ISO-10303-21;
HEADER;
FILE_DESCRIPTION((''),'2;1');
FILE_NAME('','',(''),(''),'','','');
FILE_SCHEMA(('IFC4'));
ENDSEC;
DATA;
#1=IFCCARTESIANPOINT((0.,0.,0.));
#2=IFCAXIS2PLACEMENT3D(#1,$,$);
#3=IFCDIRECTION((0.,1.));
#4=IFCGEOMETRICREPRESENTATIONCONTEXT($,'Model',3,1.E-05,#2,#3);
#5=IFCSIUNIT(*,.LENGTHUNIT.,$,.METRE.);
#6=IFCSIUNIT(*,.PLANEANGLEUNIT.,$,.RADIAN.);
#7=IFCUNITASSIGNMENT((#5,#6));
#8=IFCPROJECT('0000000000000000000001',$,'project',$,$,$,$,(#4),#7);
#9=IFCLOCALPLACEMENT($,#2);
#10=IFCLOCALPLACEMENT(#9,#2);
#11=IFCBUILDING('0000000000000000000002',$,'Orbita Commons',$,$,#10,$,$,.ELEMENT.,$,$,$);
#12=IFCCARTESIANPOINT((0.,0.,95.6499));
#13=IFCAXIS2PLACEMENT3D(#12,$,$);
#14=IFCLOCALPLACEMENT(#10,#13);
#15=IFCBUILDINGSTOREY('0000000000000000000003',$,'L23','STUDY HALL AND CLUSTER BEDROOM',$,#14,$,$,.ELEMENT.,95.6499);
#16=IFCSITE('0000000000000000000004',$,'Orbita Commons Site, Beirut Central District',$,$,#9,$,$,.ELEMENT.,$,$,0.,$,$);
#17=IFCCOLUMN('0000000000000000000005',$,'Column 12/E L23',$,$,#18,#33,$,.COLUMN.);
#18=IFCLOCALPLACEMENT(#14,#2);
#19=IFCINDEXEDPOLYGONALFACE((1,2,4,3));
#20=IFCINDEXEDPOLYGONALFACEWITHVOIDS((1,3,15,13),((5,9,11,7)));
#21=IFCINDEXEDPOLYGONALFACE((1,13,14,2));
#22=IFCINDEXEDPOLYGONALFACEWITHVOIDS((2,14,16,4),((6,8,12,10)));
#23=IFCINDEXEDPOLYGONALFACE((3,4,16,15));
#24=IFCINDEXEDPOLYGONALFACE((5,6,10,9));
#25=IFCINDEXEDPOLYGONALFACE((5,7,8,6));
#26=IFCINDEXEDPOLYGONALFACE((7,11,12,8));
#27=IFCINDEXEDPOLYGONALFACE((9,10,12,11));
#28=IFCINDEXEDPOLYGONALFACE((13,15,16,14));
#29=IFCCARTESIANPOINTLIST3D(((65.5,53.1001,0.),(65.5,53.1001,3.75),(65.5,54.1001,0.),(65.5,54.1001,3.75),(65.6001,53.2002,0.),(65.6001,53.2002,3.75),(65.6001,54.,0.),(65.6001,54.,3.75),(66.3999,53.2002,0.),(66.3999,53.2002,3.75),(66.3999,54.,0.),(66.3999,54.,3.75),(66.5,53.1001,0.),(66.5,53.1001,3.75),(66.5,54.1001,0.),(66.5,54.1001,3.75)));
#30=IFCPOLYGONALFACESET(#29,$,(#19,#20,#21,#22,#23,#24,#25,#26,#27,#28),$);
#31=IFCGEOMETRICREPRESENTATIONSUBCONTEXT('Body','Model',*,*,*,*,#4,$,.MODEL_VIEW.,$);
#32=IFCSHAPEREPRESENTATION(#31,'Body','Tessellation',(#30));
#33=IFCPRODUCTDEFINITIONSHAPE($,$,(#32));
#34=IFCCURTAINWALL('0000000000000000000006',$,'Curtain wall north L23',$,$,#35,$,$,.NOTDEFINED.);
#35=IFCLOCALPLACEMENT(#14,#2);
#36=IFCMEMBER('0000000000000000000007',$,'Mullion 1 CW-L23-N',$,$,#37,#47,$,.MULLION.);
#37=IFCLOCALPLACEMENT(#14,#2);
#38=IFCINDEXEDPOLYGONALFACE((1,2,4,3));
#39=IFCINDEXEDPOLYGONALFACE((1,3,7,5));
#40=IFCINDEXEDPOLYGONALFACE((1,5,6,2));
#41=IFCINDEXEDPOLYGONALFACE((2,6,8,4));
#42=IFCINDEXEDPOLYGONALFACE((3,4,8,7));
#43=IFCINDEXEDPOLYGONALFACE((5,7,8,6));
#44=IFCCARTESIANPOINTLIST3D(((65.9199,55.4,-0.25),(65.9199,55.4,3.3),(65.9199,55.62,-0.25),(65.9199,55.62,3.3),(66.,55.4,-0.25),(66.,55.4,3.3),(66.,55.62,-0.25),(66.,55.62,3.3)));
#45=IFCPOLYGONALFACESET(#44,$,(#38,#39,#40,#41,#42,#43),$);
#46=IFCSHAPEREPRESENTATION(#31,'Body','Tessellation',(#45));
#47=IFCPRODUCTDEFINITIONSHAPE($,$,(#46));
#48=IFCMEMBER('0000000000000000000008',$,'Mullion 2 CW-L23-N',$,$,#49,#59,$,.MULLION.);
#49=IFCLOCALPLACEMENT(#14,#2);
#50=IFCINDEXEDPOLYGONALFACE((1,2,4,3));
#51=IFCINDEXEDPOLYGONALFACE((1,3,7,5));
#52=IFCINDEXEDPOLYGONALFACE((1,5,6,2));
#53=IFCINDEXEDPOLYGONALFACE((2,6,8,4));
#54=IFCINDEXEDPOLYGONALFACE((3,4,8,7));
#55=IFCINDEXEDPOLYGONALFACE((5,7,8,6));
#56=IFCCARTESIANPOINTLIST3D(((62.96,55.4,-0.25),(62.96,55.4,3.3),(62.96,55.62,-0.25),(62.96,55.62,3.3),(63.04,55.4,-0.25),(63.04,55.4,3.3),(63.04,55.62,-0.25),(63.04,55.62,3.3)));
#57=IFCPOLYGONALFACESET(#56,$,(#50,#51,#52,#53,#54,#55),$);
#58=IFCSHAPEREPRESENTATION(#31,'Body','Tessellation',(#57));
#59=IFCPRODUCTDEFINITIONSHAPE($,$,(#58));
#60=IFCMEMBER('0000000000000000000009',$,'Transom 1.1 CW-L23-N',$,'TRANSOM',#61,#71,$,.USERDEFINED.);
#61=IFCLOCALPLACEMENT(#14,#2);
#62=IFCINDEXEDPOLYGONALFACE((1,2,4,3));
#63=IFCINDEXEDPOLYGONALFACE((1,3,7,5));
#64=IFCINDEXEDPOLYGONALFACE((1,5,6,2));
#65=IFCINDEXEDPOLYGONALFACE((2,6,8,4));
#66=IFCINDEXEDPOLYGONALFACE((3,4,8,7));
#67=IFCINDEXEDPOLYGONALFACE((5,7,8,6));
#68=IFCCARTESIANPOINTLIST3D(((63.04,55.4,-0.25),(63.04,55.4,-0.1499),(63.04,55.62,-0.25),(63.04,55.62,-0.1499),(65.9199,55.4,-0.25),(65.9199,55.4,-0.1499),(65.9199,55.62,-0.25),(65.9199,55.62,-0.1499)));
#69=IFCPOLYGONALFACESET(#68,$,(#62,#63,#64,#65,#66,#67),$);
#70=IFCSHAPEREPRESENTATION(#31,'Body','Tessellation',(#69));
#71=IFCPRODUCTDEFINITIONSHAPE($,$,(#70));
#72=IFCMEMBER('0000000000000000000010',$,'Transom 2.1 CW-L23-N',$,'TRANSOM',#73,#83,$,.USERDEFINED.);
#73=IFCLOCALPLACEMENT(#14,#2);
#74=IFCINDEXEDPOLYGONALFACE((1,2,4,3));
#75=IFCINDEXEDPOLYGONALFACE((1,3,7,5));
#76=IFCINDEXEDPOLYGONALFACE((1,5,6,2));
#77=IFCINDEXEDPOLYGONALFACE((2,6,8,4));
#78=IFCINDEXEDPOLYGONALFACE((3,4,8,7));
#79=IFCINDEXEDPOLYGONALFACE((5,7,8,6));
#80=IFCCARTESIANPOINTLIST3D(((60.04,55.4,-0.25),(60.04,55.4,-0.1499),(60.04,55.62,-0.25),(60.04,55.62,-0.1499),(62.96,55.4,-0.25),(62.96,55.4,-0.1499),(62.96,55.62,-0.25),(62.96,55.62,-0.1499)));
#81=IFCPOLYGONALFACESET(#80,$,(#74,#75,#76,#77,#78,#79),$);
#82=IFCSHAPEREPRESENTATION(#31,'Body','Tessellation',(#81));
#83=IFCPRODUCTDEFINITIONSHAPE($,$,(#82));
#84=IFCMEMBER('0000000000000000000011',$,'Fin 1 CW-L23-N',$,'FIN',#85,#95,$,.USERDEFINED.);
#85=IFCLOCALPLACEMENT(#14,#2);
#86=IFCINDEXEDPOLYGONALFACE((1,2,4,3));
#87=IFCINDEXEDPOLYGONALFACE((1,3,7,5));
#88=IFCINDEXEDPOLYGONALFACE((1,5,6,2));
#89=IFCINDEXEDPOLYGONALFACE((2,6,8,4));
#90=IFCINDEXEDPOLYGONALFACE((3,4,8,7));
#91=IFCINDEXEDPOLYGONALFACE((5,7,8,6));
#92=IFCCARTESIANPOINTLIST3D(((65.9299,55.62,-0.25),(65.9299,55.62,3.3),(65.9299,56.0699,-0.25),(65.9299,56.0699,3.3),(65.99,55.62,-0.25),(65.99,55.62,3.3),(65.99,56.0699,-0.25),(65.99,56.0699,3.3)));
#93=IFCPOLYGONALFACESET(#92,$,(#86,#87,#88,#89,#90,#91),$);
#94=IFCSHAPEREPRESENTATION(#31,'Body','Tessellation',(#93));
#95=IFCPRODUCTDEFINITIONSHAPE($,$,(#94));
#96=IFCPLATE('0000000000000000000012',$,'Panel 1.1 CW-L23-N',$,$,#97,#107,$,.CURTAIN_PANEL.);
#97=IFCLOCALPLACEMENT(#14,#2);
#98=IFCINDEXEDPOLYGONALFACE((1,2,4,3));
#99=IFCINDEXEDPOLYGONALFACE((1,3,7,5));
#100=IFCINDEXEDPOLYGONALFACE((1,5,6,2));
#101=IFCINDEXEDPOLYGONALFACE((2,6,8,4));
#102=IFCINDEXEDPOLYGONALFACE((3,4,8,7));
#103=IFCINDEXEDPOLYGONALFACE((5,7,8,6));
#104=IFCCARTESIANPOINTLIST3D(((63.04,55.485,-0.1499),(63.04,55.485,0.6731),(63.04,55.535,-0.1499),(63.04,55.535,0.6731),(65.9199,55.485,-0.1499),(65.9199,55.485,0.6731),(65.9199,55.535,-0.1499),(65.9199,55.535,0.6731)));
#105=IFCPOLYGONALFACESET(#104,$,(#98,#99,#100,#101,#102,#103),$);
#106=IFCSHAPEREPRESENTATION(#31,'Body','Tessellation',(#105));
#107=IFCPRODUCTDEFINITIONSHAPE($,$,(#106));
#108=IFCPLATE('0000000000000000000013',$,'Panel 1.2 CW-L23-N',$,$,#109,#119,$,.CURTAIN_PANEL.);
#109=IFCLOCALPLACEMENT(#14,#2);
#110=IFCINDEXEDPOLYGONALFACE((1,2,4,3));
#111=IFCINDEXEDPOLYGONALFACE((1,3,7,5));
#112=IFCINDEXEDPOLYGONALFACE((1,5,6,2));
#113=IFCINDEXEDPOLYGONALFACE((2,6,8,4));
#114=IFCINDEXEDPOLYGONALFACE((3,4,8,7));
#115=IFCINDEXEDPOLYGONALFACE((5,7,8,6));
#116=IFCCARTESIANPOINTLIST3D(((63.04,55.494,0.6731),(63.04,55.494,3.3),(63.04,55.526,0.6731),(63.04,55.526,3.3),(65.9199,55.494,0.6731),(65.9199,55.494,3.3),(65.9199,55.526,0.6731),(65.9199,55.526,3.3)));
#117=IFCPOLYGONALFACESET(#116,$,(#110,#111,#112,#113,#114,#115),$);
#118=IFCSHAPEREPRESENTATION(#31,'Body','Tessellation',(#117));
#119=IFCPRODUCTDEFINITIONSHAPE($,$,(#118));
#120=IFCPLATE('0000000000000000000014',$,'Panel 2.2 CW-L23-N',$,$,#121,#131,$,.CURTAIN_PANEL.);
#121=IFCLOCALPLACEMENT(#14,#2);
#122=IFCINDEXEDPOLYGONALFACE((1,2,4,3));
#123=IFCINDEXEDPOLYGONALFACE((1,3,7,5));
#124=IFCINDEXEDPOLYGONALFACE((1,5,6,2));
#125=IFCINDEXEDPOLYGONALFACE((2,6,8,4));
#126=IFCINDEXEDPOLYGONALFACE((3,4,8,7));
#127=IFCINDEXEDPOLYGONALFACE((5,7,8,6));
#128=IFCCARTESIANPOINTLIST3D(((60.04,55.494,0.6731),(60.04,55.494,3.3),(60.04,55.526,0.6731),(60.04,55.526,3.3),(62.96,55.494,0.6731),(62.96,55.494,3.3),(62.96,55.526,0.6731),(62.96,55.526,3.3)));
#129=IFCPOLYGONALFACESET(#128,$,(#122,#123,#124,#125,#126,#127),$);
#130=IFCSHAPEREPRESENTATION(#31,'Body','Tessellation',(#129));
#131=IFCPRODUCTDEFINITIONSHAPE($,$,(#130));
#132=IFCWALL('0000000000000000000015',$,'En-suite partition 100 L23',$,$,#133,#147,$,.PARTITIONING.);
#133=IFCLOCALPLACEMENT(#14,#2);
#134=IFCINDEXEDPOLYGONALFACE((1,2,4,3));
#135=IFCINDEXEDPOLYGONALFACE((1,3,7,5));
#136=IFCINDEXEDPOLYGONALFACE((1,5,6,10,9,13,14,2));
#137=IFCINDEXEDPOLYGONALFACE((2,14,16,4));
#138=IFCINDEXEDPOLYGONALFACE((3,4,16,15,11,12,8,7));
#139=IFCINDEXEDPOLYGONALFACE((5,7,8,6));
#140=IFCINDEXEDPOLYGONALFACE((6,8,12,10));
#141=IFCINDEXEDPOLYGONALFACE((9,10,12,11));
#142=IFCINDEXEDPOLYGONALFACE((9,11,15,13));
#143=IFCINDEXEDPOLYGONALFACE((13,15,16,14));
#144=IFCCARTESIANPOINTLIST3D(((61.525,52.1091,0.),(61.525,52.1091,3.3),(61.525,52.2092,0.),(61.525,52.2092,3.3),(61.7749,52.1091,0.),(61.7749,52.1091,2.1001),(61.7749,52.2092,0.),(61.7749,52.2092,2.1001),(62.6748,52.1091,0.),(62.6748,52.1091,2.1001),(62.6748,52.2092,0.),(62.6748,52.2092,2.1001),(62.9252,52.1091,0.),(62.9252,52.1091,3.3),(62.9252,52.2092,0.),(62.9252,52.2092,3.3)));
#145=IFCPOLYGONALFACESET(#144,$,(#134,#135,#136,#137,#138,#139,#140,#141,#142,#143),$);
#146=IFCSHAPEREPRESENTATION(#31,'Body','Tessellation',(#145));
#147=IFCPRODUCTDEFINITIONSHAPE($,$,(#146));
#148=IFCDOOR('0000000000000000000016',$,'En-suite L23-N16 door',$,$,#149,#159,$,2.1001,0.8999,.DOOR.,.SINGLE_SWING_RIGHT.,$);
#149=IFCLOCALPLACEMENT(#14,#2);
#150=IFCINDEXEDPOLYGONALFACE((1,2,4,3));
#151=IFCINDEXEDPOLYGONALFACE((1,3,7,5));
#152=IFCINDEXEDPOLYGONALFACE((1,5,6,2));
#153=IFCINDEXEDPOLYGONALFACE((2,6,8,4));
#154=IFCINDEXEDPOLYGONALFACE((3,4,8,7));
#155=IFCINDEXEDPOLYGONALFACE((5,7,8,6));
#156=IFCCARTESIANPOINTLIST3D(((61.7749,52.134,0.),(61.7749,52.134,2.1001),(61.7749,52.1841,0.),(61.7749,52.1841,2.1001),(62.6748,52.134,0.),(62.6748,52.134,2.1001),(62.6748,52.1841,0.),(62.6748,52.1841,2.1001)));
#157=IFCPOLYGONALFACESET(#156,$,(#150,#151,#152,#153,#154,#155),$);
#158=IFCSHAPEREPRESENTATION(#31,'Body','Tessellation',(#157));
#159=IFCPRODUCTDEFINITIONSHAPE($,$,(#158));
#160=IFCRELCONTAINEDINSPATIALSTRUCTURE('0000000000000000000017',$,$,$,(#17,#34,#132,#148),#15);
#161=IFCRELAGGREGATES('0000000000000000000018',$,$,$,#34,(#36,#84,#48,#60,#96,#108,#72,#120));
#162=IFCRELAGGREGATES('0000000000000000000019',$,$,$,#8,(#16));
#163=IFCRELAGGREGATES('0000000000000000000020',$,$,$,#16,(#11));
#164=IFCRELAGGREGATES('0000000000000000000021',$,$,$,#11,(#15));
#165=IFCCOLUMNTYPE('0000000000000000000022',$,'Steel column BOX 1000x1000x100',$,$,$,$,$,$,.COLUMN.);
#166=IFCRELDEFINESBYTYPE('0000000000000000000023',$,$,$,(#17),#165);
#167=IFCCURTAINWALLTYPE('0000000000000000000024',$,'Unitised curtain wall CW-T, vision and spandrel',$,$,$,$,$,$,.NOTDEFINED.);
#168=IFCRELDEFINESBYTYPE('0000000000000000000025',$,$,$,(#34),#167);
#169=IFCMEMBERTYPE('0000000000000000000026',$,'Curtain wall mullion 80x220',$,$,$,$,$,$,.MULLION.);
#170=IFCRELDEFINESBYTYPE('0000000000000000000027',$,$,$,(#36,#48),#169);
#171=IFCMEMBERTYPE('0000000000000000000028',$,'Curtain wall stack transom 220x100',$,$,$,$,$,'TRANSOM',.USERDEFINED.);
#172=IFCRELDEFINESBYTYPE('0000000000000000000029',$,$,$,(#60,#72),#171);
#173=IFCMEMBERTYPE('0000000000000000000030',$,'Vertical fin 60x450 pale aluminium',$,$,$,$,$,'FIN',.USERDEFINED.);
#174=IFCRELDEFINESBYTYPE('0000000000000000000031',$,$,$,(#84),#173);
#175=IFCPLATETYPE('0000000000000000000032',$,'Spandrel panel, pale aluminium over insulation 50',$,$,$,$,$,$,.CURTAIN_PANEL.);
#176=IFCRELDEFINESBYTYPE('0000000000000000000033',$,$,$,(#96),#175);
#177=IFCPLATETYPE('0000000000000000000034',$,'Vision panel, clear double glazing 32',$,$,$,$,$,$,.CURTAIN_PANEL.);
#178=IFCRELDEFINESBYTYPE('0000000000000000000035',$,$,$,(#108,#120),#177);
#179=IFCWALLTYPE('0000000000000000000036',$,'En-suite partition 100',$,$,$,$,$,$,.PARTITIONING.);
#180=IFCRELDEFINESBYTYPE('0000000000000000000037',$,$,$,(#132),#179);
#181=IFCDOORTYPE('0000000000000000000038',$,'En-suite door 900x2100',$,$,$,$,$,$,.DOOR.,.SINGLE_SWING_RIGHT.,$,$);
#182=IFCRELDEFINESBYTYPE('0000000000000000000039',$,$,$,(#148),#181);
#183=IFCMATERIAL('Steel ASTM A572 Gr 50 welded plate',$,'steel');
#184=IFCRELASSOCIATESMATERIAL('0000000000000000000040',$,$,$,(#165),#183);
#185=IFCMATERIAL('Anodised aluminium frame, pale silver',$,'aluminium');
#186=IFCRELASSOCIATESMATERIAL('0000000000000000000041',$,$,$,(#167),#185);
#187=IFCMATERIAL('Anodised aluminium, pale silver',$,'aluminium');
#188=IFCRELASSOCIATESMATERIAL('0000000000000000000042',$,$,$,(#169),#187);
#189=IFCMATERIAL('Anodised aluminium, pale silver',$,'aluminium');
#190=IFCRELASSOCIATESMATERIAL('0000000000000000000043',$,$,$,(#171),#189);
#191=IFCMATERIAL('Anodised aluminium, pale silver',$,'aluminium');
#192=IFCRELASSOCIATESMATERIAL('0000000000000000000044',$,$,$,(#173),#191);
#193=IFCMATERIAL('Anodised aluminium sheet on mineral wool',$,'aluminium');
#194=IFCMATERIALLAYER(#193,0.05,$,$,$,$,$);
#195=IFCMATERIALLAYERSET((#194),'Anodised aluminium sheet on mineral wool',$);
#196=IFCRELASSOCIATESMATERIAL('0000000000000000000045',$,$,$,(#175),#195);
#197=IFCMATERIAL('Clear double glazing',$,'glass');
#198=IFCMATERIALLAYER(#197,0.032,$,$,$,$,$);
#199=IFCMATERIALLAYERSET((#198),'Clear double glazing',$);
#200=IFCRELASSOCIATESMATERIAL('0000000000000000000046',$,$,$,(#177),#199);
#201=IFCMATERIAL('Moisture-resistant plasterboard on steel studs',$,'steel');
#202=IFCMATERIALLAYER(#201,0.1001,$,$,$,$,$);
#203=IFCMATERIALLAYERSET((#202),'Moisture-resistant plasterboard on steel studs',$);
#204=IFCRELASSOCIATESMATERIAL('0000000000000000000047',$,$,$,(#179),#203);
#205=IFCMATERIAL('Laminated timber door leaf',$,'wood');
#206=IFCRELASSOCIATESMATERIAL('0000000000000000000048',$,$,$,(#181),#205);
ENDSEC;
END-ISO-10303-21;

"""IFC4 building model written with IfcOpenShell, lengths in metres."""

from ifc_helpers import new_model, si_unit, direction, frame, frame_2d, origin, origin_2d, place, context, subcontext, project, spatial, rectangle, hollow_rectangle, extrude, material, layer, layer_set, material_profile, profile_set, type_object, element, fill, aggregate, save


model = new_model("IFC4")

# Units and contexts
model_context = context("Model", 3, precision=1e-05, world=origin(), true_north=direction((0.0, 1.0)))
body_context = subcontext(model_context, "Body", "Model", "MODEL_VIEW")
ifc_project = project(units=[si_unit("LENGTHUNIT", "METRE"), si_unit("PLANEANGLEUNIT", "RADIAN")], contexts=[model_context])

# Site, building, storey
site_placement = place(None, origin())
site = spatial("IfcSite", under=ifc_project, at=site_placement, Name="Orbita Commons Site, Beirut Central District", CompositionType="ELEMENT", RefElevation=0.0)
building_placement = place(site_placement, origin())
building = spatial("IfcBuilding", under=site, at=building_placement, Name="Orbita Commons", CompositionType="ELEMENT")
storey_placement = place(building_placement, frame((0.0, 0.0, 95.6499)))
storey = spatial("IfcBuildingStorey", under=building, at=storey_placement, Name="L23", Description="STUDY HALL AND CLUSTER BEDROOM", CompositionType="ELEMENT", Elevation=95.6499)

# Column
ifc_material_1 = material(Name="Steel ASTM A572 Gr 50 welded plate", Category="steel")
ifc_material_profile_1 = material_profile(ifc_material_1, hollow_rectangle(XDim=1.0, YDim=1.0, WallThickness=0.1001, at=origin_2d()), Name="BOX 1000x1000x100")
ifc_profile_set_1 = profile_set([ifc_material_profile_1], Name="Steel ASTM A572 Gr 50 welded plate")
column_type = type_object("IfcColumnType", Name="Steel column BOX 1000x1000x100", PredefinedType="COLUMN", material=ifc_profile_set_1)
column_placement = place(storey_placement, frame((66.0, 53.6001, 0.0), z_axis=(0.0, 0.0, 1.0), x_axis=(1.0, 0.0, 0.0)))
element("IfcColumn", 1, at=column_placement, inside=storey, type_object=column_type, Name="Column 12/E L23", PredefinedType="COLUMN", context=body_context, shape_type="SweptSolid", body=[
    extrude(hollow_rectangle(XDim=1.0, YDim=1.0, WallThickness=0.1001, at=origin_2d()), origin(), (0.0, 0.0, 1.0), 3.75),
])

# Curtain wall, members, plates
ifc_material_2 = material(Name="Anodised aluminium frame, pale silver", Category="aluminium")
curtain_wall_type = type_object("IfcCurtainWallType", Name="Unitised curtain wall CW-T, vision and spandrel", PredefinedType="NOTDEFINED", material=ifc_material_2)
curtain_wall_placement = place(storey_placement, origin())
curtain_wall = element("IfcCurtainWall", 2, at=curtain_wall_placement, inside=storey, type_object=curtain_wall_type, Name="Curtain wall north L23", PredefinedType="NOTDEFINED")
ifc_material_3 = material(Name="Anodised aluminium, pale silver", Category="aluminium")
ifc_material_profile_2 = material_profile(ifc_material_3, rectangle(XDim=0.0801, YDim=0.22, at=origin_2d()), Name="AL 80x220")
ifc_profile_set_2 = profile_set([ifc_material_profile_2], Name="Anodised aluminium, pale silver")
member_type_1 = type_object("IfcMemberType", Name="Curtain wall mullion 80x220", PredefinedType="MULLION", material=ifc_profile_set_2)
member_1_placement = place(storey_placement, frame((65.96, 55.51, -0.25), z_axis=(0.0, 0.0, 1.0), x_axis=(-1.0, 0.0, 0.0)))
member_1 = element("IfcMember", 3, at=member_1_placement, type_object=member_type_1, Name="Mullion 1 CW-L23-N", PredefinedType="MULLION", context=body_context, shape_type="SweptSolid", body=[
    extrude(rectangle(XDim=0.0801, YDim=0.22, at=origin_2d()), origin(), (0.0, 0.0, 1.0), 3.55),
])
member_2_placement = place(storey_placement, frame((63.0, 55.51, -0.25), z_axis=(0.0, 0.0, 1.0), x_axis=(-1.0, 0.0, 0.0)))
member_2 = element("IfcMember", 4, at=member_2_placement, type_object=member_type_1, Name="Mullion 2 CW-L23-N", PredefinedType="MULLION", context=body_context, shape_type="SweptSolid", body=[
    extrude(rectangle(XDim=0.0801, YDim=0.22, at=origin_2d()), origin(), (0.0, 0.0, 1.0), 3.55),
])
ifc_material_4 = material(Name="Anodised aluminium, pale silver", Category="aluminium")
ifc_material_profile_3 = material_profile(ifc_material_4, rectangle(XDim=0.22, YDim=0.1001, at=origin_2d()), Name="AL 220x100")
ifc_profile_set_3 = profile_set([ifc_material_profile_3], Name="Anodised aluminium, pale silver")
member_type_2 = type_object("IfcMemberType", Name="Curtain wall stack transom 220x100", ElementType="TRANSOM", PredefinedType="USERDEFINED", material=ifc_profile_set_3)
member_3_placement = place(storey_placement, frame((65.9199, 55.51, -0.2), z_axis=(-1.0, 0.0, 0.0), x_axis=(0.0, -1.0, 0.0)))
member_3 = element("IfcMember", 5, at=member_3_placement, type_object=member_type_2, Name="Transom 1.1 CW-L23-N", ObjectType="TRANSOM", PredefinedType="USERDEFINED", context=body_context, shape_type="SweptSolid", body=[
    extrude(rectangle(XDim=0.22, YDim=0.1001, at=origin_2d()), origin(), (0.0, 0.0, 1.0), 2.8799),
])
member_4_placement = place(storey_placement, frame((62.96, 55.51, -0.2), z_axis=(-1.0, 0.0, 0.0), x_axis=(0.0, -1.0, 0.0)))
member_4 = element("IfcMember", 6, at=member_4_placement, type_object=member_type_2, Name="Transom 2.1 CW-L23-N", ObjectType="TRANSOM", PredefinedType="USERDEFINED", context=body_context, shape_type="SweptSolid", body=[
    extrude(rectangle(XDim=0.22, YDim=0.1001, at=origin_2d()), origin(), (0.0, 0.0, 1.0), 2.9199),
])
ifc_material_5 = material(Name="Anodised aluminium, pale silver", Category="aluminium")
ifc_material_profile_4 = material_profile(ifc_material_5, rectangle(XDim=0.0601, YDim=0.45, at=origin_2d()), Name="FIN 60x450")
ifc_profile_set_4 = profile_set([ifc_material_profile_4], Name="Anodised aluminium, pale silver")
member_type_3 = type_object("IfcMemberType", Name="Vertical fin 60x450 pale aluminium", ElementType="FIN", PredefinedType="USERDEFINED", material=ifc_profile_set_4)
member_5_placement = place(storey_placement, frame((65.96, 55.845, -0.25), z_axis=(0.0, 0.0, 1.0), x_axis=(-1.0, 0.0, 0.0)))
member_5 = element("IfcMember", 7, at=member_5_placement, type_object=member_type_3, Name="Fin 1 CW-L23-N", ObjectType="FIN", PredefinedType="USERDEFINED", context=body_context, shape_type="SweptSolid", body=[
    extrude(rectangle(XDim=0.0601, YDim=0.45, at=origin_2d()), origin(), (0.0, 0.0, 1.0), 3.55),
])
ifc_material_6 = material(Name="Anodised aluminium sheet on mineral wool", Category="aluminium")
ifc_layer_1 = layer(ifc_material_6, 0.05)
ifc_layer_set_1 = layer_set([ifc_layer_1], Name="Anodised aluminium sheet on mineral wool")
plate_type_1 = type_object("IfcPlateType", Name="Spandrel panel, pale aluminium over insulation 50", PredefinedType="CURTAIN_PANEL", material=ifc_layer_set_1)
plate_1_placement = place(storey_placement, frame((64.48, 55.51, -0.1499), z_axis=(0.0, 0.0, 1.0), x_axis=(-1.0, 0.0, 0.0)))
plate_1 = element("IfcPlate", 8, at=plate_1_placement, type_object=plate_type_1, Name="Panel 1.1 CW-L23-N", PredefinedType="CURTAIN_PANEL", context=body_context, shape_type="SweptSolid", body=[
    extrude(rectangle(XDim=2.8799, YDim=0.05, at=origin_2d()), origin(), (0.0, 0.0, 1.0), 0.823),
])
ifc_material_7 = material(Name="Clear double glazing", Category="glass")
ifc_layer_2 = layer(ifc_material_7, 0.032)
ifc_layer_set_2 = layer_set([ifc_layer_2], Name="Clear double glazing")
plate_type_2 = type_object("IfcPlateType", Name="Vision panel, clear double glazing 32", PredefinedType="CURTAIN_PANEL", material=ifc_layer_set_2)
plate_2_placement = place(storey_placement, frame((64.48, 55.51, 0.6731), z_axis=(0.0, 0.0, 1.0), x_axis=(-1.0, 0.0, 0.0)))
plate_2 = element("IfcPlate", 9, at=plate_2_placement, type_object=plate_type_2, Name="Panel 1.2 CW-L23-N", PredefinedType="CURTAIN_PANEL", context=body_context, shape_type="SweptSolid", body=[
    extrude(rectangle(XDim=2.8799, YDim=0.032, at=origin_2d()), origin(), (0.0, 0.0, 1.0), 2.627),
])
plate_3_placement = place(storey_placement, frame((61.5, 55.51, 0.6731), z_axis=(0.0, 0.0, 1.0), x_axis=(-1.0, 0.0, 0.0)))
plate_3 = element("IfcPlate", 10, at=plate_3_placement, type_object=plate_type_2, Name="Panel 2.2 CW-L23-N", PredefinedType="CURTAIN_PANEL", context=body_context, shape_type="SweptSolid", body=[
    extrude(rectangle(XDim=2.9199, YDim=0.032, at=origin_2d()), origin(), (0.0, 0.0, 1.0), 2.627),
])
aggregate(curtain_wall, [member_1, member_5, member_2, member_3, plate_1, plate_2, member_4, plate_3])

# Wall, opening, door
ifc_material_8 = material(Name="Moisture-resistant plasterboard on steel studs", Category="steel")
ifc_layer_3 = layer(ifc_material_8, 0.1001)
ifc_layer_set_3 = layer_set([ifc_layer_3], Name="Moisture-resistant plasterboard on steel studs")
wall_type_1 = type_object("IfcWallType", Name="En-suite partition 100", PredefinedType="PARTITIONING", material=ifc_layer_set_3)
wall_1_placement = place(storey_placement, frame((61.5249, 52.1592, 0.0), z_axis=(0.0, 0.0, 1.0), x_axis=(1.0, 0.0, 0.0)))
wall_1 = element("IfcWall", 11, at=wall_1_placement, inside=storey, type_object=wall_type_1, Name="En-suite partition 100 L23", PredefinedType="PARTITIONING", context=body_context, shape_type="SweptSolid", body=[
    extrude(rectangle(XDim=1.4001, YDim=0.1001, at=frame_2d((0.7002, 0.0))), origin(), (0.0, 0.0, 1.0), 3.3),
])
opening_1_placement = place(wall_1_placement, frame((0.25, 0.0, 0.0)))
opening_1 = element("IfcOpeningElement", 12, at=opening_1_placement, cuts=wall_1, PredefinedType="OPENING", context=body_context, shape_type="SweptSolid", body=[
    extrude(rectangle(XDim=0.8999, YDim=2.1001, at=frame_2d((0.45, 1.05))), frame((0.0, 0.0601, 0.0), z_axis=(0.0, -1.0, 0.0), x_axis=(1.0, 0.0, 0.0)), (0.0, 0.0, 1.0), 0.1201),
])
ifc_material_9 = material(Name="Laminated timber door leaf", Category="wood")
door_type = type_object("IfcDoorType", Name="En-suite door 900x2100", OperationType="SINGLE_SWING_RIGHT", PredefinedType="DOOR", material=ifc_material_9)
door_1_placement = place(opening_1_placement, origin())
door_1 = element("IfcDoor", 13, at=door_1_placement, inside=storey, type_object=door_type, Name="En-suite L23-N16 door", OperationType="SINGLE_SWING_RIGHT", OverallHeight=2.1001, OverallWidth=0.8999, PredefinedType="DOOR", context=body_context, shape_type="SweptSolid", body=[
    extrude(rectangle(XDim=0.8999, YDim=2.1001, at=frame_2d((0.45, 1.05))), frame((0.0, 0.0249, 0.0), z_axis=(0.0, -1.0, 0.0), x_axis=(1.0, 0.0, 0.0)), (0.0, 0.0, 1.0), 0.05),
])
fill(opening_1, door_1)

save(model, "model.ifc")
